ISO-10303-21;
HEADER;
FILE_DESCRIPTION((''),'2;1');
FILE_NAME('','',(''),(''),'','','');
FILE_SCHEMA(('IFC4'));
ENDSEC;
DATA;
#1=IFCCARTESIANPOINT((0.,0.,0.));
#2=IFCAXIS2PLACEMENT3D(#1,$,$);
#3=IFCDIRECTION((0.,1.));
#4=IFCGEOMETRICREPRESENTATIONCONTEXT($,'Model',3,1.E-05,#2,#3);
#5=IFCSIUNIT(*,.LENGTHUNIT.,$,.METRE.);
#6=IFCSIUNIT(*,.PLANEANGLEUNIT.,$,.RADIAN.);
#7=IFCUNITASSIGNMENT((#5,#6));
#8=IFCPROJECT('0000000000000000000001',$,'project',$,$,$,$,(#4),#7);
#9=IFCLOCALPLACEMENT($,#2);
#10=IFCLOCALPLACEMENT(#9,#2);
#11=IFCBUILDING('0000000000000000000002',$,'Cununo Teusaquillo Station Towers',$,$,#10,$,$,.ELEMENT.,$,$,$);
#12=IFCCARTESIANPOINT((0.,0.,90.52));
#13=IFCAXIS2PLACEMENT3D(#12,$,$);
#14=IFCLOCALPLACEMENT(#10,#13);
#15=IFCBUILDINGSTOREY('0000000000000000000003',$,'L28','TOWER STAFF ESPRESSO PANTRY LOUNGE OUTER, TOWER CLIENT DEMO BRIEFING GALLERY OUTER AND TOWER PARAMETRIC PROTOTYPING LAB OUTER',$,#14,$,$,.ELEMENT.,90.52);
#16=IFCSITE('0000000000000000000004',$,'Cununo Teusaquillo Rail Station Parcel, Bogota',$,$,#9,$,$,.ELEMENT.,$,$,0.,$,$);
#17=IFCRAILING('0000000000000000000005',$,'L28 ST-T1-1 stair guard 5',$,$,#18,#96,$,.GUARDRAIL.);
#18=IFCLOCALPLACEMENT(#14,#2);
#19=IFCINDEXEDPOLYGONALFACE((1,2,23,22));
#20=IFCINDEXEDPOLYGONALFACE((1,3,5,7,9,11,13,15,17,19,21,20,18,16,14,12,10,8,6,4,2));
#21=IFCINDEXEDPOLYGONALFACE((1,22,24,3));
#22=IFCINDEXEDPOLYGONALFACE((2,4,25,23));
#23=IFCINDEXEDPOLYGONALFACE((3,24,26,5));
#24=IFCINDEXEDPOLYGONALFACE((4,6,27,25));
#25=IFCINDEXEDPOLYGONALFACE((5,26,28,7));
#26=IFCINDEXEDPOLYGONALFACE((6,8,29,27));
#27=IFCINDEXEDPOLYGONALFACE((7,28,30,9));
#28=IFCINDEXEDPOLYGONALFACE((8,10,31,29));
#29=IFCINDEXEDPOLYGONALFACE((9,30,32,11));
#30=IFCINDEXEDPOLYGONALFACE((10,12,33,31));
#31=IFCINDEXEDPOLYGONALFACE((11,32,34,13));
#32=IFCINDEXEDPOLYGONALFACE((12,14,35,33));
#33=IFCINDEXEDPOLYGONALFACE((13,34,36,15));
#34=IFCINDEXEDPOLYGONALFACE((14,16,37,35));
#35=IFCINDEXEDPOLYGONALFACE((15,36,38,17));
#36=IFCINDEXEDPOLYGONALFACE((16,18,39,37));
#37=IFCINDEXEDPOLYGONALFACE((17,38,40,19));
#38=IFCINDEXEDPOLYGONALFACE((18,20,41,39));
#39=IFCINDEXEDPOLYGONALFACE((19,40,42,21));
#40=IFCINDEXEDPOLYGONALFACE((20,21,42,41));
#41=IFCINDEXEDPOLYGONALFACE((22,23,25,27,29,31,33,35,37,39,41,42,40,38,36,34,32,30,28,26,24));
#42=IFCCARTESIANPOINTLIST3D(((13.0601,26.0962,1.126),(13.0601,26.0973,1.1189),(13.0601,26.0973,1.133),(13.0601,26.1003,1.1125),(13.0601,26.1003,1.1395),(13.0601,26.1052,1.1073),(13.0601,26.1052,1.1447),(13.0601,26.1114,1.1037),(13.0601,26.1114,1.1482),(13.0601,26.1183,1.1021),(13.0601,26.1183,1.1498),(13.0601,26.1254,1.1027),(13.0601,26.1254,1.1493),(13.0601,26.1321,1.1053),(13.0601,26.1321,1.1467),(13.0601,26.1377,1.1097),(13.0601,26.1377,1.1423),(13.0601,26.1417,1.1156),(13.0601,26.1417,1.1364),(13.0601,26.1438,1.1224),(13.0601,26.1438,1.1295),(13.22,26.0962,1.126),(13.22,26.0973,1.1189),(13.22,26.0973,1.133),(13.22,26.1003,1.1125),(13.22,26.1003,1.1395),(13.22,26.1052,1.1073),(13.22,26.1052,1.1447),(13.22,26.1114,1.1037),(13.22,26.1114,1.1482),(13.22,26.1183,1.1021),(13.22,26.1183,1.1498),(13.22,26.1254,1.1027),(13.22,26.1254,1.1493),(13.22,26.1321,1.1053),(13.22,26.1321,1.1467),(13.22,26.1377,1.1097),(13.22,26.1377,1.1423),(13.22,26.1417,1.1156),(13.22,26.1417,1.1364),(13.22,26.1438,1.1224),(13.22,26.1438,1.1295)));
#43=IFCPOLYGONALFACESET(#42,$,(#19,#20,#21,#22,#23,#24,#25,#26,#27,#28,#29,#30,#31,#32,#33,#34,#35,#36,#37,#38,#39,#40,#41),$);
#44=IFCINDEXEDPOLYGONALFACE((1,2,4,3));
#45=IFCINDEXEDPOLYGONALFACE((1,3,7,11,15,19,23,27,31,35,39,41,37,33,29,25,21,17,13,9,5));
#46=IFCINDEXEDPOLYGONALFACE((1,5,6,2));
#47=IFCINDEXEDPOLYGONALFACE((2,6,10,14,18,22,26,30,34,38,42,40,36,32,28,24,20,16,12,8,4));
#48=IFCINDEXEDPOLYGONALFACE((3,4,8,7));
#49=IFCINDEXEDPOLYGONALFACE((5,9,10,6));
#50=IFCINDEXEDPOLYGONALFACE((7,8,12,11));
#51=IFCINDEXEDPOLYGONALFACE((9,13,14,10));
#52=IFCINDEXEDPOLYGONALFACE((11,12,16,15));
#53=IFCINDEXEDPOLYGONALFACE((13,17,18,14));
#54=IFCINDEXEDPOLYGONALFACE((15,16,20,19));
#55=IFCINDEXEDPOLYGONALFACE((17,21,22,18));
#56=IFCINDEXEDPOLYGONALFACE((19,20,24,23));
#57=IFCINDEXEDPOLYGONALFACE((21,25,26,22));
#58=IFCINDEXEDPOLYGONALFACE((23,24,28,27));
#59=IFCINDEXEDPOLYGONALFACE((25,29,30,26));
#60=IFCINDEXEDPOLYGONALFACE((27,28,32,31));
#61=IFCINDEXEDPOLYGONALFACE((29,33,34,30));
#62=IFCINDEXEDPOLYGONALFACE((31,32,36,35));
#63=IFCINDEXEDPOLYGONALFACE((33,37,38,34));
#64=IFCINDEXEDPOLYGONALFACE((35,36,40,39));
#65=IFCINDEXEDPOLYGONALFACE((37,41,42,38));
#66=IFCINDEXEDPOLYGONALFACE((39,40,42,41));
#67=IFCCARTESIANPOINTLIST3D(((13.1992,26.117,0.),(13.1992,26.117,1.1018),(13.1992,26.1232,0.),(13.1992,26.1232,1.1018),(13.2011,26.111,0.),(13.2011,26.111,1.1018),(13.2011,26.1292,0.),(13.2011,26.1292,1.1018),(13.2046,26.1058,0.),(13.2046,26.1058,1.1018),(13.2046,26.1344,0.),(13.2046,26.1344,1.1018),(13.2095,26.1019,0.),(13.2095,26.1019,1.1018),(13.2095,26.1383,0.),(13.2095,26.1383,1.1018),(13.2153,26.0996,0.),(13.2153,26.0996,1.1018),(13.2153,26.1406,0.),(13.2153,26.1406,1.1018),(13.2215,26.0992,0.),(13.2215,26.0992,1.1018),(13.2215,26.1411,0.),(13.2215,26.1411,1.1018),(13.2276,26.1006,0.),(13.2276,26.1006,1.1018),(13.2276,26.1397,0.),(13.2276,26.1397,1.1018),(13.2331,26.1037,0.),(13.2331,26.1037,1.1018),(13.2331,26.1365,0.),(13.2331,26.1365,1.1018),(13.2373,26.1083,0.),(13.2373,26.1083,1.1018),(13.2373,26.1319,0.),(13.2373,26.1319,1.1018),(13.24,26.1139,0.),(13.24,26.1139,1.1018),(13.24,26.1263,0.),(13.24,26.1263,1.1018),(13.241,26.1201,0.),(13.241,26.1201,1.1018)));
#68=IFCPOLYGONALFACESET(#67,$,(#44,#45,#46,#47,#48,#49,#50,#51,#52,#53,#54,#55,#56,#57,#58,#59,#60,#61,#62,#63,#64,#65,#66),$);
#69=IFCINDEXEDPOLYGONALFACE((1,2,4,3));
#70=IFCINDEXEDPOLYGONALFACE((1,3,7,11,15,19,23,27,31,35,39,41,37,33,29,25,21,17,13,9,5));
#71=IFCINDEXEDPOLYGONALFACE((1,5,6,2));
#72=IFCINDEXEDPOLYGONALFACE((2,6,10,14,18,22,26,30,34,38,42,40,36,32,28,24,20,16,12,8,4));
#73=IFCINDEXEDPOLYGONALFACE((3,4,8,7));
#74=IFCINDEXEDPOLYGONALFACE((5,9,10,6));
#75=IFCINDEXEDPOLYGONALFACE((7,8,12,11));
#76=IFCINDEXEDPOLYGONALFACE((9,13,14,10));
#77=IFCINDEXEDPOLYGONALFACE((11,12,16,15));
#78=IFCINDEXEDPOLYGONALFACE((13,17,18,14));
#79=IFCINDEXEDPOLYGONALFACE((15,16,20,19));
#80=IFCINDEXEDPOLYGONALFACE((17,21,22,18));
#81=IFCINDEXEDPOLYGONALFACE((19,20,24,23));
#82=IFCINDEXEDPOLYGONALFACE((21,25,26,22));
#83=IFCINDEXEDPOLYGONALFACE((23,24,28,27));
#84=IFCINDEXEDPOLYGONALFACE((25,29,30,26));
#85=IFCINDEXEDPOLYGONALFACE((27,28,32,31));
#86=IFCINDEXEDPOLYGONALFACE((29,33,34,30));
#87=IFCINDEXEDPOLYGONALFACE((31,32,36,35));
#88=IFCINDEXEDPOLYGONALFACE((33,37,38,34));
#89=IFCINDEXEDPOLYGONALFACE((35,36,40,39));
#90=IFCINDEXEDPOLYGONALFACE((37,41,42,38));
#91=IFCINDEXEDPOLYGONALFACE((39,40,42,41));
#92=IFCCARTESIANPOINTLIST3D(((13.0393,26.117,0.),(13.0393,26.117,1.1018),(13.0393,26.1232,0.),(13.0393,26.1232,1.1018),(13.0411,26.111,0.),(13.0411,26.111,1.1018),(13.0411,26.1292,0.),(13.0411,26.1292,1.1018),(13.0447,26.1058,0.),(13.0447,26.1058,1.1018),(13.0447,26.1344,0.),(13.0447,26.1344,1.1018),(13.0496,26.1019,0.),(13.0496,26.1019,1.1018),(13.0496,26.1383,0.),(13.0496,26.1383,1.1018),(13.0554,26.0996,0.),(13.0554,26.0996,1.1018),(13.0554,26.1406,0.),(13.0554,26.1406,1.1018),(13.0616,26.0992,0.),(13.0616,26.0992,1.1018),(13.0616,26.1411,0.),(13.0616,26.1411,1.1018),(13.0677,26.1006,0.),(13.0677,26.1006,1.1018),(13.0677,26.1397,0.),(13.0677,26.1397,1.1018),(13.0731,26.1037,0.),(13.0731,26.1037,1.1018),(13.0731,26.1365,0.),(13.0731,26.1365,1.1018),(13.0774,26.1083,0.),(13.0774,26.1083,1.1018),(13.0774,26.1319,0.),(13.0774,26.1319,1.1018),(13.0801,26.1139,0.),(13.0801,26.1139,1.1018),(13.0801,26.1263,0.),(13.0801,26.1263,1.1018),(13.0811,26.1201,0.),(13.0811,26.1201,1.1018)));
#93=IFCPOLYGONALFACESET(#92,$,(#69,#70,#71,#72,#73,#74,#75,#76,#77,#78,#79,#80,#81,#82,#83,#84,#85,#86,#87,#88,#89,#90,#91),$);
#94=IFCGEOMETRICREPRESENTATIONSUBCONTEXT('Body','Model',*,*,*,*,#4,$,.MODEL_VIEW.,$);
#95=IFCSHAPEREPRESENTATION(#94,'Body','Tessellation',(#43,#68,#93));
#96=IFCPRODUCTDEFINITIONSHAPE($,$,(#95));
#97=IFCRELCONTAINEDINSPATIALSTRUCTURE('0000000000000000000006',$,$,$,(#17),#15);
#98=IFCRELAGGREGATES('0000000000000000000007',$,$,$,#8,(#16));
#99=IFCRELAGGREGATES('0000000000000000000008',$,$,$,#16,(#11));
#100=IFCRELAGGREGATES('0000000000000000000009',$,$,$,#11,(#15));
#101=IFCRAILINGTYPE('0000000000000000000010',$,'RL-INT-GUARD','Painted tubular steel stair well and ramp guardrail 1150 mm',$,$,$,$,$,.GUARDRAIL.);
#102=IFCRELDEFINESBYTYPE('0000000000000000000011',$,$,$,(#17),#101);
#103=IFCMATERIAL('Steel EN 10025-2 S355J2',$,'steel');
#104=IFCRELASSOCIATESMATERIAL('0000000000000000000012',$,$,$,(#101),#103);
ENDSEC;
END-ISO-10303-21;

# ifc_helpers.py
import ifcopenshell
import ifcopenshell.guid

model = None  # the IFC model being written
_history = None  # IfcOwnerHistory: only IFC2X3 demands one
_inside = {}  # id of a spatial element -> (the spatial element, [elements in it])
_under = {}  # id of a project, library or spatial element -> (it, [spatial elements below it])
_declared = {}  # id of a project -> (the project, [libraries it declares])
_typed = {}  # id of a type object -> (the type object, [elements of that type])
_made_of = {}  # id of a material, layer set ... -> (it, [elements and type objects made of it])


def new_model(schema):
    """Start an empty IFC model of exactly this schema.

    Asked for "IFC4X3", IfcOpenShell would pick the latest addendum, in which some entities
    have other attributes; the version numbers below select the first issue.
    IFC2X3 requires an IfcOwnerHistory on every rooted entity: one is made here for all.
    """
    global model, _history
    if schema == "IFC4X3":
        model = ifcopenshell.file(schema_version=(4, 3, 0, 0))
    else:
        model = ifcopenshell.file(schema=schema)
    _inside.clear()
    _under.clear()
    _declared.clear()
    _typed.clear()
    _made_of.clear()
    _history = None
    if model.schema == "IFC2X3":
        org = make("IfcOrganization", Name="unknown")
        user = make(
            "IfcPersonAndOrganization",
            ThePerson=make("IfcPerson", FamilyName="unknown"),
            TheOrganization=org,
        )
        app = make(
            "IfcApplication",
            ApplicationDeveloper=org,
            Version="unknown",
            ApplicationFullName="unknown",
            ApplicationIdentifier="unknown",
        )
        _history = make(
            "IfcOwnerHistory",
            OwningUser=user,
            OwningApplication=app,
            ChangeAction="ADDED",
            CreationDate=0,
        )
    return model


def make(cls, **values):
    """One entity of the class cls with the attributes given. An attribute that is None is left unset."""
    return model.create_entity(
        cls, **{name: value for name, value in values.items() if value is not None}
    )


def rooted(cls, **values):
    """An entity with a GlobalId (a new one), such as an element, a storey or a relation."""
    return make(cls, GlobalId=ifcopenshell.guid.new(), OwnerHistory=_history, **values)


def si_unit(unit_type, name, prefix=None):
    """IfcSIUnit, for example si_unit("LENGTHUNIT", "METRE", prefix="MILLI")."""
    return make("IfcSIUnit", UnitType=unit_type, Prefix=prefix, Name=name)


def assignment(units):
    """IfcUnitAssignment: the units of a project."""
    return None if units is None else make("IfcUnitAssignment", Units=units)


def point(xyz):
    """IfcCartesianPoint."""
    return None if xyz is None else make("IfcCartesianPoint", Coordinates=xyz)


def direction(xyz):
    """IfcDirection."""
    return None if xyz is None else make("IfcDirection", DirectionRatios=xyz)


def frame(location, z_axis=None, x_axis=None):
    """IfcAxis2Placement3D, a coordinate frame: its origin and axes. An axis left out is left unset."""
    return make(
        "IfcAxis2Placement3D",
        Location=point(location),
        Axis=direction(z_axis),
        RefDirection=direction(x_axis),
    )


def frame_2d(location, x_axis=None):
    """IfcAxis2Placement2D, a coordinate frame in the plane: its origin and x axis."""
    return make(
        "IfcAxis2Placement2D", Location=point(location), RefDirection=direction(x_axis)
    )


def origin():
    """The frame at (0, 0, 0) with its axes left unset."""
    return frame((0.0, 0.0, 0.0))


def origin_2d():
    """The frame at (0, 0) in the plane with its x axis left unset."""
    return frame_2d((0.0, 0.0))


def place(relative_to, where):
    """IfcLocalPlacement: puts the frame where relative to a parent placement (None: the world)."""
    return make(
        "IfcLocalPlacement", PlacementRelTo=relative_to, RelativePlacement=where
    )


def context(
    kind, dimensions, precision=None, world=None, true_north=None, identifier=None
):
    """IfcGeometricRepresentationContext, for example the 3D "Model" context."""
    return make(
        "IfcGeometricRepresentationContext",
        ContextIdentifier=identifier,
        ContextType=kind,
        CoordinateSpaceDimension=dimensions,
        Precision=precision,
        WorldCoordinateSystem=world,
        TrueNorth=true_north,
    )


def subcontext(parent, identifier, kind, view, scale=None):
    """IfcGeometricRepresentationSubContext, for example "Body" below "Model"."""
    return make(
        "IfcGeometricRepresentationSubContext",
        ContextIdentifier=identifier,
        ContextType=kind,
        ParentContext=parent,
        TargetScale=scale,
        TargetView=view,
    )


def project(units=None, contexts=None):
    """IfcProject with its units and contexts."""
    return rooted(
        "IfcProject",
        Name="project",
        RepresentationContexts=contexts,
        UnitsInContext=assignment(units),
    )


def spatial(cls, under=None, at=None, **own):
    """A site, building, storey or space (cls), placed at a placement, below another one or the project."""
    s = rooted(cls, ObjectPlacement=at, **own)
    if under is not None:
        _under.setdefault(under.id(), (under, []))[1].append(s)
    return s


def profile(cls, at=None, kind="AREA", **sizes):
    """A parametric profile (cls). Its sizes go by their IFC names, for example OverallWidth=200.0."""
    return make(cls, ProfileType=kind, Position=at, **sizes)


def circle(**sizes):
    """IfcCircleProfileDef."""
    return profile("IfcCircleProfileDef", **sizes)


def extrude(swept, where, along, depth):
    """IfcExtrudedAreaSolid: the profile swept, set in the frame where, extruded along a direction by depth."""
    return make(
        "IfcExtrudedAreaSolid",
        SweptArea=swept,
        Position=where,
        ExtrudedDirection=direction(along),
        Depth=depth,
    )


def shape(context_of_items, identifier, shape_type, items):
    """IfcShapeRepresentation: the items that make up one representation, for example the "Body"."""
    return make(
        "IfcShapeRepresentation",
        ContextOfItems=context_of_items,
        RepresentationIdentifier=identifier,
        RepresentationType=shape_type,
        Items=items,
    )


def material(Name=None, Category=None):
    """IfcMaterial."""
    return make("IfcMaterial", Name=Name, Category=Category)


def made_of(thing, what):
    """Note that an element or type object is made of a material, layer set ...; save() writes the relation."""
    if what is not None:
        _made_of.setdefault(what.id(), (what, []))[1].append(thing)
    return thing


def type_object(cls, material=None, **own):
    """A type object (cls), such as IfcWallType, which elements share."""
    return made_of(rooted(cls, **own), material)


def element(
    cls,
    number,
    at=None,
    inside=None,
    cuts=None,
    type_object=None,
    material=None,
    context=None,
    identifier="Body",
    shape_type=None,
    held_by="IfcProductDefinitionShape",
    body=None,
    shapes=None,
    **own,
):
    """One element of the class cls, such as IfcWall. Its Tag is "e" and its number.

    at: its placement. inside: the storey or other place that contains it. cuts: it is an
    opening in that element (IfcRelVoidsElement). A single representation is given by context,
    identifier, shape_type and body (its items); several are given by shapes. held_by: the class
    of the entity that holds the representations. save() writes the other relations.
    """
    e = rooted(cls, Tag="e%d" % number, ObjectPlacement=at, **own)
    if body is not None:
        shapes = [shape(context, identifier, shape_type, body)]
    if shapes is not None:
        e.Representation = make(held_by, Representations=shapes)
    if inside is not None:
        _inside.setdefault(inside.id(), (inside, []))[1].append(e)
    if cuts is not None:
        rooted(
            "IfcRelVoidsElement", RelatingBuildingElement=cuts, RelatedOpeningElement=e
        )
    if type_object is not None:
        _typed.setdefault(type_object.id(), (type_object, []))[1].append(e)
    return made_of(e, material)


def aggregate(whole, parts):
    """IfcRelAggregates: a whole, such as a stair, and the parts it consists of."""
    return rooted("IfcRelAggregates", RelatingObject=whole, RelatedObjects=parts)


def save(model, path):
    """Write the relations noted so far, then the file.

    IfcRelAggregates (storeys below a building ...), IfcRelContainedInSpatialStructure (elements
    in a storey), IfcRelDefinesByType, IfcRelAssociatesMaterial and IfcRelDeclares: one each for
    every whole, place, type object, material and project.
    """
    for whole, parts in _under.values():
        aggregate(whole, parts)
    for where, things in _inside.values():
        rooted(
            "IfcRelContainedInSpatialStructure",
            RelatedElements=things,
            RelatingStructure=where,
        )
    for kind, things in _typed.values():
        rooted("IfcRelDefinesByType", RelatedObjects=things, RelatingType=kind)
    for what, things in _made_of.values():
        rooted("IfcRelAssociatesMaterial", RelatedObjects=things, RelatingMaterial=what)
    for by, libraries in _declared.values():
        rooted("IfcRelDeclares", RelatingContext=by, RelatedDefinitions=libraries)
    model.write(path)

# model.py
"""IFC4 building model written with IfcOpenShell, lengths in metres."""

from ifc_helpers import new_model, si_unit, direction, frame, origin, origin_2d, place, context, subcontext, project, spatial, circle, extrude, material, type_object, element, save


model = new_model("IFC4")

# Units and contexts
model_context = context("Model", 3, precision=1e-05, world=origin(), true_north=direction((0.0, 1.0)))
body_context = subcontext(model_context, "Body", "Model", "MODEL_VIEW")
ifc_project = project(units=[si_unit("LENGTHUNIT", "METRE"), si_unit("PLANEANGLEUNIT", "RADIAN")], contexts=[model_context])

# Site, building, storey
site_placement = place(None, origin())
site = spatial("IfcSite", under=ifc_project, at=site_placement, Name="Cununo Teusaquillo Rail Station Parcel, Bogota", CompositionType="ELEMENT", RefElevation=0.0)
building_placement = place(site_placement, origin())
building = spatial("IfcBuilding", under=site, at=building_placement, Name="Cununo Teusaquillo Station Towers", CompositionType="ELEMENT")
storey_placement = place(building_placement, frame((0.0, 0.0, 90.52)))
storey = spatial("IfcBuildingStorey", under=building, at=storey_placement, Name="L28", Description="TOWER STAFF ESPRESSO PANTRY LOUNGE OUTER, TOWER CLIENT DEMO BRIEFING GALLERY OUTER AND TOWER PARAMETRIC PROTOTYPING LAB OUTER", CompositionType="ELEMENT", Elevation=90.52)

# Railing
ifc_material_1 = material(Name="Steel EN 10025-2 S355J2", Category="steel")
railing_type_1 = type_object("IfcRailingType", Name="RL-INT-GUARD", Description="Painted tubular steel stair well and ramp guardrail 1150 mm", PredefinedType="GUARDRAIL", material=ifc_material_1)
railing_1_placement = place(storey_placement, frame((13.22, 26.1201, 0.0)))
element("IfcRailing", 1, at=railing_1_placement, inside=storey, type_object=railing_type_1, Name="L28 ST-T1-1 stair guard 5", PredefinedType="GUARDRAIL", context=body_context, shape_type="SweptSolid", body=[
    extrude(circle(Radius=0.0239, at=origin_2d()), frame((0.0, 0.0, 1.126), z_axis=(-1.0, 0.0, 0.0), x_axis=(0.0, -1.0, 0.0)), (0.0, 0.0, 1.0), 0.1599),
    extrude(circle(Radius=0.021, at=origin_2d()), origin(), (0.0, 0.0, 1.0), 1.1018),
    extrude(circle(Radius=0.021, at=origin_2d()), frame((-0.1599, 0.0, 0.0)), (0.0, 0.0, 1.0), 1.1018),
])

save(model, "model.ifc")
